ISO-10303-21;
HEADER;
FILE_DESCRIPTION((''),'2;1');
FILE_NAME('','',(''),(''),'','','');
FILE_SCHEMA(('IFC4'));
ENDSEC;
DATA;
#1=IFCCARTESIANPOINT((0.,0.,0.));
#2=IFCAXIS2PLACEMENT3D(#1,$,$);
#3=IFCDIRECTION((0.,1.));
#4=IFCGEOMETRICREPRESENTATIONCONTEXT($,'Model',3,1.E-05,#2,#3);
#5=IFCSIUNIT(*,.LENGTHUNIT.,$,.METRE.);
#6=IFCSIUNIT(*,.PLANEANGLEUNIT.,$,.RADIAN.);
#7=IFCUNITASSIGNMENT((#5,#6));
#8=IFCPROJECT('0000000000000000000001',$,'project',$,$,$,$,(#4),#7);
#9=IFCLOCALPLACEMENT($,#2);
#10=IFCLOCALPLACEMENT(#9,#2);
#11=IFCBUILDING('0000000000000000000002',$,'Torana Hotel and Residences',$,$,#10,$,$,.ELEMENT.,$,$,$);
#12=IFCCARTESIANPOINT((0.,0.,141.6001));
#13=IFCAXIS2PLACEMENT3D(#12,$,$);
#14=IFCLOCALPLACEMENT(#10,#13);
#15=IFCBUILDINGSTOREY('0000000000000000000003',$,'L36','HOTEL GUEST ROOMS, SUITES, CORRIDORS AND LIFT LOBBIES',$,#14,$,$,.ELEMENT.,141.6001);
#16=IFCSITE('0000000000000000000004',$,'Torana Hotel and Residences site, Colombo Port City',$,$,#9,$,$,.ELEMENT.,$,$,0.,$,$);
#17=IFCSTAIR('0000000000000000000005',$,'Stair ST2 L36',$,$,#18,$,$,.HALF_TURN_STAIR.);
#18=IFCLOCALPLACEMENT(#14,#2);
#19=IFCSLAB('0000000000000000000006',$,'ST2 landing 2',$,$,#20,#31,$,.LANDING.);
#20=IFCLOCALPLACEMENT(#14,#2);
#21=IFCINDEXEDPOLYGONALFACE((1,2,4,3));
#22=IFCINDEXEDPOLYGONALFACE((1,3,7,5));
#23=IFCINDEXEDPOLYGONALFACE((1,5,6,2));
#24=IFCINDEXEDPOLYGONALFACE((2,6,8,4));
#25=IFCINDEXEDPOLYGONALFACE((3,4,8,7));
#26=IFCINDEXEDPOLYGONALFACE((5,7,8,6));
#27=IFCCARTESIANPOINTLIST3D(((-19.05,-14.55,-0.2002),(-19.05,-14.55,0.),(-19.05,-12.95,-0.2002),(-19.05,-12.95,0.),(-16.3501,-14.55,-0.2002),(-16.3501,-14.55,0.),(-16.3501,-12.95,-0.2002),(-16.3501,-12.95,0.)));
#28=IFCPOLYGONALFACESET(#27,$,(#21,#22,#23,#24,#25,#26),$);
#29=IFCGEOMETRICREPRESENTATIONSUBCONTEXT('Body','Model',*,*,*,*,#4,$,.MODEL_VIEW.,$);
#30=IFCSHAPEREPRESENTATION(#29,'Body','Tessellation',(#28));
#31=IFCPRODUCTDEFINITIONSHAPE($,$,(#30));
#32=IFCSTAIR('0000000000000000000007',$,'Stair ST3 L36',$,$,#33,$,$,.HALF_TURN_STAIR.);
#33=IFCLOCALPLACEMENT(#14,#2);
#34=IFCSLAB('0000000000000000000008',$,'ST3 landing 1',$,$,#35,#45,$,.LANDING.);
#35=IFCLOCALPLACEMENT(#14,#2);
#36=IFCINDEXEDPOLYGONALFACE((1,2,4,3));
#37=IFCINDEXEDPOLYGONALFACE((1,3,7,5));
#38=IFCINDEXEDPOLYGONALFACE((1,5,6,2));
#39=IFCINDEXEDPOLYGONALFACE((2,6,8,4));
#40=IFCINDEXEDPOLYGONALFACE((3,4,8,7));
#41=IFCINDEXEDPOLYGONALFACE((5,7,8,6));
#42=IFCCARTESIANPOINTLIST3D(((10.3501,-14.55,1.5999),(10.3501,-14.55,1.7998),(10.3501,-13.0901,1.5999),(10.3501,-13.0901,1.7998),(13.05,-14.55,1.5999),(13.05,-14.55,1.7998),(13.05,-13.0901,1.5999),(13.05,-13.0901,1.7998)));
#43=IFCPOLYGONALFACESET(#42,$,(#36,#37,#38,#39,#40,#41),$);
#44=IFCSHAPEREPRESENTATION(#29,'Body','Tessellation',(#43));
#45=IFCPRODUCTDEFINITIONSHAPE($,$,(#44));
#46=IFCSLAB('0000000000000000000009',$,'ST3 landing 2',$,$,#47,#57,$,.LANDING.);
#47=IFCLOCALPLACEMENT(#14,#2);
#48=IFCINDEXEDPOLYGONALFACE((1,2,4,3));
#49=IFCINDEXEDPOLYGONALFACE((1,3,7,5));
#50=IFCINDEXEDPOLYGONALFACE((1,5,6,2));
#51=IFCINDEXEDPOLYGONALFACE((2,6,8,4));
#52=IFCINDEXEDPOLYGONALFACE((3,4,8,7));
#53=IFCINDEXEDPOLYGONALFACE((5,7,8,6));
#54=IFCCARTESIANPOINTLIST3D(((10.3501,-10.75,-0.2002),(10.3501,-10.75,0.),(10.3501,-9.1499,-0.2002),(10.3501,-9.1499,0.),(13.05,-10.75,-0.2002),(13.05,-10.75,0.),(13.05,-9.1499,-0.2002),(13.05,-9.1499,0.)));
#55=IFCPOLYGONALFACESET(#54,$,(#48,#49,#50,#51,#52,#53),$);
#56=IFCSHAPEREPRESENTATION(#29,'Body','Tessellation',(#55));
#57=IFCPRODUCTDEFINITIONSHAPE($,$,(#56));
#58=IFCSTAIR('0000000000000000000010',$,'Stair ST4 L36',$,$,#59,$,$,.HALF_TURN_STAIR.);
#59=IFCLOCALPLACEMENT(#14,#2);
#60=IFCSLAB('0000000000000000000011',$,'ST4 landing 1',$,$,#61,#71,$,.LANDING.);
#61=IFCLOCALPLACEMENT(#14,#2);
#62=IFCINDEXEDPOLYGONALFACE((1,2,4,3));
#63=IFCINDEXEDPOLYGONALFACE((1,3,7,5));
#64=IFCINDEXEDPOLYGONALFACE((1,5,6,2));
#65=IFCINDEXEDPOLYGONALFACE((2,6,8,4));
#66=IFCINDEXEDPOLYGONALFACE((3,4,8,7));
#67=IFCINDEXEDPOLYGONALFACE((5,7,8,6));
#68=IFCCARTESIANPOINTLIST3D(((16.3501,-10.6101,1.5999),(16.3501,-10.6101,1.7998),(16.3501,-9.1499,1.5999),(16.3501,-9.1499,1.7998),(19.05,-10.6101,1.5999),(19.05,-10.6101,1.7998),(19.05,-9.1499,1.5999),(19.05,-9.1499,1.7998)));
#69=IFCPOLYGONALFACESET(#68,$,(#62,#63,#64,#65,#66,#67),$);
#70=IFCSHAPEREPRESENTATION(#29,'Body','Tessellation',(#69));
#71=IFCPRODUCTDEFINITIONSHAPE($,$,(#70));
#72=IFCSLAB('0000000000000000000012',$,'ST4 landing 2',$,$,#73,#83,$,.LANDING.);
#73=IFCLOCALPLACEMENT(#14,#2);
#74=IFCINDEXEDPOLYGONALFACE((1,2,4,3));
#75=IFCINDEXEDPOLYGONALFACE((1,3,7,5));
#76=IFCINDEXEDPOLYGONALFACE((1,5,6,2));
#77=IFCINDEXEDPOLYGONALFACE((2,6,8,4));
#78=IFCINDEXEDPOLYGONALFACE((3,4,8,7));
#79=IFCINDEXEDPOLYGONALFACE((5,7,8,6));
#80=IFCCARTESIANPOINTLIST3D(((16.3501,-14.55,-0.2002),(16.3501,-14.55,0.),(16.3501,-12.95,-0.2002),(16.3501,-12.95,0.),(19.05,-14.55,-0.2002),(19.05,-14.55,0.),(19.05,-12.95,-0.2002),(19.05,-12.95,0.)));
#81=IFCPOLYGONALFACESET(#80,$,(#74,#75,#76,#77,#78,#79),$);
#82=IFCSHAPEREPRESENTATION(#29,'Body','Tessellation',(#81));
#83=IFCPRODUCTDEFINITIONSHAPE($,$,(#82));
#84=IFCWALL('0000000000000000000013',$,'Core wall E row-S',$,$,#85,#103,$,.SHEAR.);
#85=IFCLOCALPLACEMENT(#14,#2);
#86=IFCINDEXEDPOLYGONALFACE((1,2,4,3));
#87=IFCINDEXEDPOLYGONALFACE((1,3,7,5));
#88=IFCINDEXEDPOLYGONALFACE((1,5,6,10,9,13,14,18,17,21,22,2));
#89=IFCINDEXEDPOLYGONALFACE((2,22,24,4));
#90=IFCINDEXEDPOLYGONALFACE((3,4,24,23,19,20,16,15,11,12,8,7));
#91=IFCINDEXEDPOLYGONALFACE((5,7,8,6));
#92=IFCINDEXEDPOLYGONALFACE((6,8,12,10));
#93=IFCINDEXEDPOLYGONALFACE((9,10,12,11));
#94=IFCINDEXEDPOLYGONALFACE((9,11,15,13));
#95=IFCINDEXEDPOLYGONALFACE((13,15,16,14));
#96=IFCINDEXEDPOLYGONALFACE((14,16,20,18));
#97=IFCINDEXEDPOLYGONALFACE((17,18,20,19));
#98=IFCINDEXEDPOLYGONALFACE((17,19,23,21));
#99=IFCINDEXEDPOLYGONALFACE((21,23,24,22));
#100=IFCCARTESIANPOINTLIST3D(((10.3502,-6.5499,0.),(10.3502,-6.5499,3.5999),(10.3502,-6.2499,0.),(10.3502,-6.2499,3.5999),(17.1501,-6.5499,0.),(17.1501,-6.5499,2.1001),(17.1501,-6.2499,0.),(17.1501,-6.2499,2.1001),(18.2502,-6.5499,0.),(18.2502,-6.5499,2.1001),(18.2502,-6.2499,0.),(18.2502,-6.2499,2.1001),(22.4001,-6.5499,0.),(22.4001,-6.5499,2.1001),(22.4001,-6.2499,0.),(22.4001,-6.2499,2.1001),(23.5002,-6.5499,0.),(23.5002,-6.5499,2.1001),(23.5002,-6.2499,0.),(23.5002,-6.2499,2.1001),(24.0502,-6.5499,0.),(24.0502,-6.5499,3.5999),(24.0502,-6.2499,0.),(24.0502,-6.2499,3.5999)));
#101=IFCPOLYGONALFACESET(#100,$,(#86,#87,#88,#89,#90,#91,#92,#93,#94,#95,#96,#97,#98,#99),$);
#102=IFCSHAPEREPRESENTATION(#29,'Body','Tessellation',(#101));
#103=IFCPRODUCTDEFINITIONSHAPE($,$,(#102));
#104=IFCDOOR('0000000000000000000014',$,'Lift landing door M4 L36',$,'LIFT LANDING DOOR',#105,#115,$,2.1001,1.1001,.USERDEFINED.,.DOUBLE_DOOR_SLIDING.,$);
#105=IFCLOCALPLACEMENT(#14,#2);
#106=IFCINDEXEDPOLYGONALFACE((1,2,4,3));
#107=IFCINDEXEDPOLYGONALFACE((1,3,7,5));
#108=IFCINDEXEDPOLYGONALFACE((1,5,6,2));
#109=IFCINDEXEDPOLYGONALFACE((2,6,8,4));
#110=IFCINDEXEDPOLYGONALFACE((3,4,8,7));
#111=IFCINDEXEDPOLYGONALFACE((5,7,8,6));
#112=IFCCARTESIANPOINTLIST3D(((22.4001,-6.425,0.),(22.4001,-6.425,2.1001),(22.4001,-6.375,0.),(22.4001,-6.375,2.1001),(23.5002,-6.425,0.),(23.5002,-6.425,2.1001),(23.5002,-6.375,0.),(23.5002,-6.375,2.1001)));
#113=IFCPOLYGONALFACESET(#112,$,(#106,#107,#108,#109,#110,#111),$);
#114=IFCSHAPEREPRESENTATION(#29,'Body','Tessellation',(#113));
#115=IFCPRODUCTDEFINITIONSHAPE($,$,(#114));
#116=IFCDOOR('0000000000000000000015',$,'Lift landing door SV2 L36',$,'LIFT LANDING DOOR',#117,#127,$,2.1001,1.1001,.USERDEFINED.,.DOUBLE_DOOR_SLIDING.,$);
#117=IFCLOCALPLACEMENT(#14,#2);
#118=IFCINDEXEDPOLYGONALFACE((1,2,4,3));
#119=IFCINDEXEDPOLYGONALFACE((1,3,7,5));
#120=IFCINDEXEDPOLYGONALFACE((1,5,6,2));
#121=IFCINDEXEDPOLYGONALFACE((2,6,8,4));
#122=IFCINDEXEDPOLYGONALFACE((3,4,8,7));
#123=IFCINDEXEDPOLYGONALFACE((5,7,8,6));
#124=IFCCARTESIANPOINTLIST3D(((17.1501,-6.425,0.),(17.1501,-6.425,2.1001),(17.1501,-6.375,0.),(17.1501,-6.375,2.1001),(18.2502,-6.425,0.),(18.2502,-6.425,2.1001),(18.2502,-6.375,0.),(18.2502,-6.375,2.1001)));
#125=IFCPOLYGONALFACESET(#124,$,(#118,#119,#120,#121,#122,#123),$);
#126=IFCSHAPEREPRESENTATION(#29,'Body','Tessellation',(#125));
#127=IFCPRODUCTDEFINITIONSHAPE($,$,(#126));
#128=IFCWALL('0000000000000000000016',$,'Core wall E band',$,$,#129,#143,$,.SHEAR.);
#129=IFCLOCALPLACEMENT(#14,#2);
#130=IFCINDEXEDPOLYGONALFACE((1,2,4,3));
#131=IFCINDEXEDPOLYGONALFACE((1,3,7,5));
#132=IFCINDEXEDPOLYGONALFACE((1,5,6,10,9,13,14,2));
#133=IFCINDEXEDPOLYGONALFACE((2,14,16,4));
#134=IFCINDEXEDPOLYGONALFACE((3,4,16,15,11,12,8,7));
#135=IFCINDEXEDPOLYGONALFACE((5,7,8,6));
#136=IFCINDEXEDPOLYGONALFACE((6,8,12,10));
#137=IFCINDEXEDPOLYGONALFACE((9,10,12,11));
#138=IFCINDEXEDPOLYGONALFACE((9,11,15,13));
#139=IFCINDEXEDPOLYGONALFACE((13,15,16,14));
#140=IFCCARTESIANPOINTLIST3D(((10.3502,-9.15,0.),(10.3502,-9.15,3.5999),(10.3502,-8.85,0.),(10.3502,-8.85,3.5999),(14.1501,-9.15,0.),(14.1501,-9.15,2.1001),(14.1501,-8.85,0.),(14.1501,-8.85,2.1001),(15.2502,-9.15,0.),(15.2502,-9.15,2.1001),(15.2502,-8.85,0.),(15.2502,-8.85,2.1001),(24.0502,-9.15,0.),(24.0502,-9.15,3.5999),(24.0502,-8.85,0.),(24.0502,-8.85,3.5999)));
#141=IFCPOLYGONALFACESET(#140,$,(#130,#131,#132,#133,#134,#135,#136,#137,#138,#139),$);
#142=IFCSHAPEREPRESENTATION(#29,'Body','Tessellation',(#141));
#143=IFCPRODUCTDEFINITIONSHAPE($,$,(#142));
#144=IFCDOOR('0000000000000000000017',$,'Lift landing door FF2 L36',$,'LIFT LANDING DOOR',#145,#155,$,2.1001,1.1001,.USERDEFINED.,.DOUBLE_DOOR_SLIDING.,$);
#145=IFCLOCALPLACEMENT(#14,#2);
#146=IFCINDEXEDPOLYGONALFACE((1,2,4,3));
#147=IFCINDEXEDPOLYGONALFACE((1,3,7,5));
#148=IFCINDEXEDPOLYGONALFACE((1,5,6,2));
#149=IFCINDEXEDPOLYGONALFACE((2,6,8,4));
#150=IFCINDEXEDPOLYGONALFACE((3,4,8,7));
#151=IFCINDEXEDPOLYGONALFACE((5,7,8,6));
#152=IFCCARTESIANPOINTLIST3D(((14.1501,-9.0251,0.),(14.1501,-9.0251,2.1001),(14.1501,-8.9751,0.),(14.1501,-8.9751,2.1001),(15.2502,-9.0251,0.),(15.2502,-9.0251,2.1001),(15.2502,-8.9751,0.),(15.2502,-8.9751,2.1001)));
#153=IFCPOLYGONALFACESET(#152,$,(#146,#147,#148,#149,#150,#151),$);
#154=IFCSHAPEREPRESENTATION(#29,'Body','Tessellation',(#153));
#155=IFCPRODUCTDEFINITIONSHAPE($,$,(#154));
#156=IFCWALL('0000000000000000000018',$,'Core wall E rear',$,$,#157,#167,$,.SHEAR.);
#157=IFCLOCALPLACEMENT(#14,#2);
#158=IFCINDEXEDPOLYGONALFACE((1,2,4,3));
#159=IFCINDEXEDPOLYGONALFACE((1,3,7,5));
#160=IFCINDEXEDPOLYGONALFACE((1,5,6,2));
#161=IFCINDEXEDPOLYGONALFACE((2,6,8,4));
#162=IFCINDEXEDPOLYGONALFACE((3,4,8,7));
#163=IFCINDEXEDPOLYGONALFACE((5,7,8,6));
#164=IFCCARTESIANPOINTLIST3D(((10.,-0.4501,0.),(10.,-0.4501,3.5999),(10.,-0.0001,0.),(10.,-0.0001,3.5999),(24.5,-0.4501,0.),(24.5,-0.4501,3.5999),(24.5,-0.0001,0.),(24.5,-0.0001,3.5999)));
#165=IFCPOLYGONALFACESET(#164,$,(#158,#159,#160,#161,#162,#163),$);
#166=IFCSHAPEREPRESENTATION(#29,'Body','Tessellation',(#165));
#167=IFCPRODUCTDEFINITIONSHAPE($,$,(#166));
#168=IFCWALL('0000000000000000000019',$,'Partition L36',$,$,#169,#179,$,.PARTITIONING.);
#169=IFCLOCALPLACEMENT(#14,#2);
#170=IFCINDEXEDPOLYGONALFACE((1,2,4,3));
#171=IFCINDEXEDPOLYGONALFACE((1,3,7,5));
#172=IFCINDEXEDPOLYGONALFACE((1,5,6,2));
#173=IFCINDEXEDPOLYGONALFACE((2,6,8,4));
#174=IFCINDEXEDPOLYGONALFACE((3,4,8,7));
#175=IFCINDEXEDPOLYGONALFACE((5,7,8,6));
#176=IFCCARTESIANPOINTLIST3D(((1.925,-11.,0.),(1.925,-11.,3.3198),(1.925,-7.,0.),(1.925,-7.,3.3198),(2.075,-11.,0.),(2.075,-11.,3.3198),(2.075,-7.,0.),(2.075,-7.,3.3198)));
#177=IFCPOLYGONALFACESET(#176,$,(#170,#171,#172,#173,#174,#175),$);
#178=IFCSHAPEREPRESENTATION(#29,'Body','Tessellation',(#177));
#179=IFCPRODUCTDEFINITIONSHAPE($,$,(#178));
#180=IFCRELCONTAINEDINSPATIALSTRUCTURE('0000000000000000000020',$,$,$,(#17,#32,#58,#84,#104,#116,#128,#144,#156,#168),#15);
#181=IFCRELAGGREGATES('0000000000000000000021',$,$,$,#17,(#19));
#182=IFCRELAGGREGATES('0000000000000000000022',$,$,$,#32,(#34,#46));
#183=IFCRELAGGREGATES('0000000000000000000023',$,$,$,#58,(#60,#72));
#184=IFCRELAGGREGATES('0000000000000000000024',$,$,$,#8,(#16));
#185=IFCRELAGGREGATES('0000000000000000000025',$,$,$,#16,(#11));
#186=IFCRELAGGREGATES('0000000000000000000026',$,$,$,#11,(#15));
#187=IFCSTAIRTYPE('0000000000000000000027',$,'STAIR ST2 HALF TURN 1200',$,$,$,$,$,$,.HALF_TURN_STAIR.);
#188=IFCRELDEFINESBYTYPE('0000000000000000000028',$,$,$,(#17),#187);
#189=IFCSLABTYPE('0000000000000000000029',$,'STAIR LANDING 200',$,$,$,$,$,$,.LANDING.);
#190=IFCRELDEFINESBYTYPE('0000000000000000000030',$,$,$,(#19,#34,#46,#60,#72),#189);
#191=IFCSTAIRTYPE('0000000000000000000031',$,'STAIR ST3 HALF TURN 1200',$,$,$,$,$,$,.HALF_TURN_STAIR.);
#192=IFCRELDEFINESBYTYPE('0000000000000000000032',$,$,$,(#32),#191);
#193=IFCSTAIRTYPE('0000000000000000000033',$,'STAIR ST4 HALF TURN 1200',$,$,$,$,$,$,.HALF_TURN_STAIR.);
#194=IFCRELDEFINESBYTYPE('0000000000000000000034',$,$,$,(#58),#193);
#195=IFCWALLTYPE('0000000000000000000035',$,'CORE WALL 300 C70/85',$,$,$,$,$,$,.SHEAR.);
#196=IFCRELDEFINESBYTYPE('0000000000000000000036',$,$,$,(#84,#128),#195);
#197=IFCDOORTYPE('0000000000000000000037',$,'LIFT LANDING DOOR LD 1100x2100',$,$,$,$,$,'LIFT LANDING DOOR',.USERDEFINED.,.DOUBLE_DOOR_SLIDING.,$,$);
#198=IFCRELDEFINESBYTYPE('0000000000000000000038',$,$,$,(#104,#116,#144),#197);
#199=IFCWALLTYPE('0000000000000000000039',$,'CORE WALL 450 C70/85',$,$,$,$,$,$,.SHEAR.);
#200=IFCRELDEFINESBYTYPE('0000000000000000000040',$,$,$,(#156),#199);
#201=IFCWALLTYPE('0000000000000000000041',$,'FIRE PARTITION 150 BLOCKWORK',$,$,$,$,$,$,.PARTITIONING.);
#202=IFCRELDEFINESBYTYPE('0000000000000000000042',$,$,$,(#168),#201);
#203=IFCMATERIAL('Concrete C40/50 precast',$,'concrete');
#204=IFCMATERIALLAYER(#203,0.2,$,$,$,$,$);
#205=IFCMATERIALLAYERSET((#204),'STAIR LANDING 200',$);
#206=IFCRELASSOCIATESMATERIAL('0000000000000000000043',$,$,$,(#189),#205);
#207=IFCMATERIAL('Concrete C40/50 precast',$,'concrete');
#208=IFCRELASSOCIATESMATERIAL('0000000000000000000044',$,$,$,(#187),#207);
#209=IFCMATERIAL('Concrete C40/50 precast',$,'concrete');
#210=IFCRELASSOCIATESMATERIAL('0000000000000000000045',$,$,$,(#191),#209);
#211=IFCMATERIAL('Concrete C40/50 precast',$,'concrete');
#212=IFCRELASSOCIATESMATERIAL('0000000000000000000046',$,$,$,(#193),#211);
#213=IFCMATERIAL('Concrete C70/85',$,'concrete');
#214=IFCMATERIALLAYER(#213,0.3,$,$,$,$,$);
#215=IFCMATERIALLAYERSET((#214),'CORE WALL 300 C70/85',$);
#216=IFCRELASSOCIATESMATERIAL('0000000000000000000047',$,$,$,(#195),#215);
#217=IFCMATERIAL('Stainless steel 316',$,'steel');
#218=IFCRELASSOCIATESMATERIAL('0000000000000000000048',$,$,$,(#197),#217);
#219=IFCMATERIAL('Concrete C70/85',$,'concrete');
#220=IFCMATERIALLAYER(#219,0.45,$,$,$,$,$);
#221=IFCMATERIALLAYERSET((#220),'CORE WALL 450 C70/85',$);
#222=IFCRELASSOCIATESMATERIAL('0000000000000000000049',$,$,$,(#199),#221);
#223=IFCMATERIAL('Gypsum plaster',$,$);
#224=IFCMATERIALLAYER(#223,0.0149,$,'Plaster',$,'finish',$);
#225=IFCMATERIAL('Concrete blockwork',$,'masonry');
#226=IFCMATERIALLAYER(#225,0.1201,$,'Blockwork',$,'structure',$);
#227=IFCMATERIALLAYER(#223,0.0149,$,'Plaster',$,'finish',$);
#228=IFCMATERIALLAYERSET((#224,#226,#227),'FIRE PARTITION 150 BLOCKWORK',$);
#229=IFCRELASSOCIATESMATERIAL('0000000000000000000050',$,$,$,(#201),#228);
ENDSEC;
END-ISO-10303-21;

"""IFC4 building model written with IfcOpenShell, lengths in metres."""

from ifc_helpers import new_model, si_unit, direction, frame, frame_2d, origin, place, context, subcontext, project, spatial, polyline, rectangle, outline, extrude, material, layer, layer_set, type_object, element, fill, aggregate, save


model = new_model("IFC4")

# Units and contexts
model_context = context("Model", 3, precision=1e-05, world=origin(), true_north=direction((0.0, 1.0)))
body_context = subcontext(model_context, "Body", "Model", "MODEL_VIEW")
ifc_project = project(units=[si_unit("LENGTHUNIT", "METRE"), si_unit("PLANEANGLEUNIT", "RADIAN")], contexts=[model_context])

# Site, building, storey
site_placement = place(None, origin())
site = spatial("IfcSite", under=ifc_project, at=site_placement, Name="Torana Hotel and Residences site, Colombo Port City", CompositionType="ELEMENT", RefElevation=0.0)
building_placement = place(site_placement, origin())
building = spatial("IfcBuilding", under=site, at=building_placement, Name="Torana Hotel and Residences", CompositionType="ELEMENT")
storey_placement = place(building_placement, frame((0.0, 0.0, 141.6001)))
storey = spatial("IfcBuildingStorey", under=building, at=storey_placement, Name="L36", Description="HOTEL GUEST ROOMS, SUITES, CORRIDORS AND LIFT LOBBIES", CompositionType="ELEMENT", Elevation=141.6001)

# Stairs, slabs
ifc_material_1 = material(Name="Concrete C40/50 precast", Category="concrete")
ifc_layer_1 = layer(ifc_material_1, 0.2)
ifc_layer_set_1 = layer_set([ifc_layer_1], Name="STAIR LANDING 200")
slab_type_1 = type_object("IfcSlabType", Name="STAIR LANDING 200", PredefinedType="LANDING", material=ifc_layer_set_1)
ifc_material_2 = material(Name="Concrete C40/50 precast", Category="concrete")
stair_type_1 = type_object("IfcStairType", Name="STAIR ST2 HALF TURN 1200", PredefinedType="HALF_TURN_STAIR", material=ifc_material_2)
stair_1_placement = place(storey_placement, origin())
stair_1 = element("IfcStair", 1, at=stair_1_placement, inside=storey, type_object=stair_type_1, Name="Stair ST2 L36", PredefinedType="HALF_TURN_STAIR")
slab_1_placement = place(storey_placement, frame((0.0, 0.0, -0.2002)))
slab_1 = element("IfcSlab", 2, at=slab_1_placement, type_object=slab_type_1, Name="ST2 landing 2", PredefinedType="LANDING", context=body_context, shape_type="SweptSolid", body=[
    extrude(outline(polyline([(-19.05, -14.55), (-16.3501, -14.55), (-16.3501, -12.95), (-19.05, -12.95), (-19.05, -14.55)])), origin(), (0.0, 0.0, 1.0), 0.2002),
])
aggregate(stair_1, [slab_1])
ifc_material_3 = material(Name="Concrete C40/50 precast", Category="concrete")
stair_type_2 = type_object("IfcStairType", Name="STAIR ST3 HALF TURN 1200", PredefinedType="HALF_TURN_STAIR", material=ifc_material_3)
stair_2_placement = place(storey_placement, origin())
stair_2 = element("IfcStair", 3, at=stair_2_placement, inside=storey, type_object=stair_type_2, Name="Stair ST3 L36", PredefinedType="HALF_TURN_STAIR")
slab_2_placement = place(storey_placement, frame((0.0, 0.0, 1.5999)))
slab_2 = element("IfcSlab", 4, at=slab_2_placement, type_object=slab_type_1, Name="ST3 landing 1", PredefinedType="LANDING", context=body_context, shape_type="SweptSolid", body=[
    extrude(outline(polyline([(10.3501, -14.55), (13.05, -14.55), (13.05, -13.0901), (10.3501, -13.0901), (10.3501, -14.55)])), origin(), (0.0, 0.0, 1.0), 0.2),
])
slab_3_placement = place(storey_placement, frame((0.0, 0.0, -0.2002)))
slab_3 = element("IfcSlab", 5, at=slab_3_placement, type_object=slab_type_1, Name="ST3 landing 2", PredefinedType="LANDING", context=body_context, shape_type="SweptSolid", body=[
    extrude(outline(polyline([(10.3501, -10.75), (13.05, -10.75), (13.05, -9.1499), (10.3501, -9.1499), (10.3501, -10.75)])), origin(), (0.0, 0.0, 1.0), 0.2002),
])
aggregate(stair_2, [slab_2, slab_3])
ifc_material_4 = material(Name="Concrete C40/50 precast", Category="concrete")
stair_type_3 = type_object("IfcStairType", Name="STAIR ST4 HALF TURN 1200", PredefinedType="HALF_TURN_STAIR", material=ifc_material_4)
stair_3_placement = place(storey_placement, origin())
stair_3 = element("IfcStair", 6, at=stair_3_placement, inside=storey, type_object=stair_type_3, Name="Stair ST4 L36", PredefinedType="HALF_TURN_STAIR")
slab_4_placement = place(storey_placement, frame((0.0, 0.0, 1.5999)))
slab_4 = element("IfcSlab", 7, at=slab_4_placement, type_object=slab_type_1, Name="ST4 landing 1", PredefinedType="LANDING", context=body_context, shape_type="SweptSolid", body=[
    extrude(outline(polyline([(16.3501, -10.6101), (19.05, -10.6101), (19.05, -9.1499), (16.3501, -9.1499), (16.3501, -10.6101)])), origin(), (0.0, 0.0, 1.0), 0.2),
])
slab_5_placement = place(storey_placement, frame((0.0, 0.0, -0.2002)))
slab_5 = element("IfcSlab", 8, at=slab_5_placement, type_object=slab_type_1, Name="ST4 landing 2", PredefinedType="LANDING", context=body_context, shape_type="SweptSolid", body=[
    extrude(outline(polyline([(16.3501, -14.55), (19.05, -14.55), (19.05, -12.95), (16.3501, -12.95), (16.3501, -14.55)])), origin(), (0.0, 0.0, 1.0), 0.2002),
])
aggregate(stair_3, [slab_4, slab_5])

# Wall, openings, doors
ifc_material_5 = material(Name="Concrete C70/85", Category="concrete")
ifc_layer_2 = layer(ifc_material_5, 0.3)
ifc_layer_set_2 = layer_set([ifc_layer_2], Name="CORE WALL 300 C70/85")
wall_type_1 = type_object("IfcWallType", Name="CORE WALL 300 C70/85", PredefinedType="SHEAR", material=ifc_layer_set_2)
wall_1_placement = place(storey_placement, frame((10.3501, -6.3999, 0.0), z_axis=(0.0, 0.0, 1.0), x_axis=(1.0, 0.0, 0.0)))
wall_1 = element("IfcWall", 9, at=wall_1_placement, inside=storey, type_object=wall_type_1, Name="Core wall E row-S", PredefinedType="SHEAR", context=body_context, shape_type="SweptSolid", body=[
    extrude(rectangle(XDim=13.7, YDim=0.3, at=frame_2d((6.8501, 0.0))), origin(), (0.0, 0.0, 1.0), 3.5999),
])
opening_1_placement = place(wall_1_placement, frame((12.05, 0.0, 0.0)))
opening_1 = element("IfcOpeningElement", 10, at=opening_1_placement, cuts=wall_1, PredefinedType="OPENING", context=body_context, shape_type="SweptSolid", body=[
    extrude(rectangle(XDim=1.1001, YDim=2.1001, at=frame_2d((0.55, 1.05))), frame((0.0, 0.1599, 0.0), z_axis=(0.0, -1.0, 0.0), x_axis=(1.0, 0.0, 0.0)), (0.0, 0.0, 1.0), 0.3201),
])
opening_2_placement = place(wall_1_placement, frame((6.8, 0.0, 0.0)))
opening_2 = element("IfcOpeningElement", 11, at=opening_2_placement, cuts=wall_1, PredefinedType="OPENING", context=body_context, shape_type="SweptSolid", body=[
    extrude(rectangle(XDim=1.1001, YDim=2.1001, at=frame_2d((0.55, 1.05))), frame((0.0, 0.1599, 0.0), z_axis=(0.0, -1.0, 0.0), x_axis=(1.0, 0.0, 0.0)), (0.0, 0.0, 1.0), 0.3201),
])
ifc_material_6 = material(Name="Stainless steel 316", Category="steel")
door_type = type_object("IfcDoorType", Name="LIFT LANDING DOOR LD 1100x2100", ElementType="LIFT LANDING DOOR", OperationType="DOUBLE_DOOR_SLIDING", PredefinedType="USERDEFINED", material=ifc_material_6)
door_1_placement = place(opening_1_placement, origin())
door_1 = element("IfcDoor", 12, at=door_1_placement, inside=storey, type_object=door_type, Name="Lift landing door M4 L36", ObjectType="LIFT LANDING DOOR", OperationType="DOUBLE_DOOR_SLIDING", OverallHeight=2.1001, OverallWidth=1.1001, PredefinedType="USERDEFINED", context=body_context, shape_type="SweptSolid", body=[
    extrude(rectangle(XDim=1.1001, YDim=2.1001, at=frame_2d((0.55, 1.05))), frame((0.0, 0.0249, 0.0), z_axis=(0.0, -1.0, 0.0), x_axis=(1.0, 0.0, 0.0)), (0.0, 0.0, 1.0), 0.05),
])
fill(opening_1, door_1)
door_2_placement = place(opening_2_placement, origin())
door_2 = element("IfcDoor", 13, at=door_2_placement, inside=storey, type_object=door_type, Name="Lift landing door SV2 L36", ObjectType="LIFT LANDING DOOR", OperationType="DOUBLE_DOOR_SLIDING", OverallHeight=2.1001, OverallWidth=1.1001, PredefinedType="USERDEFINED", context=body_context, shape_type="SweptSolid", body=[
    extrude(rectangle(XDim=1.1001, YDim=2.1001, at=frame_2d((0.55, 1.05))), frame((0.0, 0.0249, 0.0), z_axis=(0.0, -1.0, 0.0), x_axis=(1.0, 0.0, 0.0)), (0.0, 0.0, 1.0), 0.05),
])
fill(opening_2, door_2)

# Wall, opening, door
wall_2_placement = place(storey_placement, frame((10.3501, -9.0, 0.0), z_axis=(0.0, 0.0, 1.0), x_axis=(1.0, 0.0, 0.0)))
wall_2 = element("IfcWall", 14, at=wall_2_placement, inside=storey, type_object=wall_type_1, Name="Core wall E band", PredefinedType="SHEAR", context=body_context, shape_type="SweptSolid", body=[
    extrude(rectangle(XDim=13.7, YDim=0.3, at=frame_2d((6.8501, 0.0))), origin(), (0.0, 0.0, 1.0), 3.5999),
])
opening_3_placement = place(wall_2_placement, frame((3.8, 0.0, 0.0)))
opening_3 = element("IfcOpeningElement", 15, at=opening_3_placement, cuts=wall_2, PredefinedType="OPENING", context=body_context, shape_type="SweptSolid", body=[
    extrude(rectangle(XDim=1.1001, YDim=2.1001, at=frame_2d((0.55, 1.05))), frame((0.0, 0.1599, 0.0), z_axis=(0.0, -1.0, 0.0), x_axis=(1.0, 0.0, 0.0)), (0.0, 0.0, 1.0), 0.3201),
])
door_3_placement = place(opening_3_placement, origin())
door_3 = element("IfcDoor", 16, at=door_3_placement, inside=storey, type_object=door_type, Name="Lift landing door FF2 L36", ObjectType="LIFT LANDING DOOR", OperationType="DOUBLE_DOOR_SLIDING", OverallHeight=2.1001, OverallWidth=1.1001, PredefinedType="USERDEFINED", context=body_context, shape_type="SweptSolid", body=[
    extrude(rectangle(XDim=1.1001, YDim=2.1001, at=frame_2d((0.55, 1.05))), frame((0.0, 0.0249, 0.0), z_axis=(0.0, -1.0, 0.0), x_axis=(1.0, 0.0, 0.0)), (0.0, 0.0, 1.0), 0.05),
])
fill(opening_3, door_3)

# Walls
ifc_material_7 = material(Name="Concrete C70/85", Category="concrete")
ifc_layer_3 = layer(ifc_material_7, 0.45)
ifc_layer_set_3 = layer_set([ifc_layer_3], Name="CORE WALL 450 C70/85")
wall_type_2 = type_object("IfcWallType", Name="CORE WALL 450 C70/85", PredefinedType="SHEAR", material=ifc_layer_set_3)
wall_3_placement = place(storey_placement, frame((10.0, -0.2251, 0.0), z_axis=(0.0, 0.0, 1.0), x_axis=(1.0, 0.0, 0.0)))
element("IfcWall", 17, at=wall_3_placement, inside=storey, type_object=wall_type_2, Name="Core wall E rear", PredefinedType="SHEAR", context=body_context, shape_type="SweptSolid", body=[
    extrude(rectangle(XDim=14.5, YDim=0.45, at=frame_2d((7.25, 0.0))), origin(), (0.0, 0.0, 1.0), 3.5999),
])
ifc_material_8 = material(Name="Gypsum plaster")
ifc_layer_4 = layer(ifc_material_8, 0.0149, Name="Plaster", Category="finish")
ifc_material_9 = material(Name="Concrete blockwork", Category="masonry")
ifc_layer_5 = layer(ifc_material_9, 0.1201, Name="Blockwork", Category="structure")
ifc_layer_6 = layer(ifc_material_8, 0.0149, Name="Plaster", Category="finish")
ifc_layer_set_4 = layer_set([ifc_layer_4, ifc_layer_5, ifc_layer_6], Name="FIRE PARTITION 150 BLOCKWORK")
wall_type_3 = type_object("IfcWallType", Name="FIRE PARTITION 150 BLOCKWORK", PredefinedType="PARTITIONING", material=ifc_layer_set_4)
wall_4_placement = place(storey_placement, frame((2.0, -11.0, 0.0), z_axis=(0.0, 0.0, 1.0), x_axis=(0.0, 1.0, 0.0)))
element("IfcWall", 18, at=wall_4_placement, inside=storey, type_object=wall_type_3, Name="Partition L36", PredefinedType="PARTITIONING", context=body_context, shape_type="SweptSolid", body=[
    extrude(rectangle(XDim=4.0, YDim=0.1499, at=frame_2d((2.0, 0.0))), origin(), (0.0, 0.0, 1.0), 3.3198),
])

save(model, "model.ifc")
